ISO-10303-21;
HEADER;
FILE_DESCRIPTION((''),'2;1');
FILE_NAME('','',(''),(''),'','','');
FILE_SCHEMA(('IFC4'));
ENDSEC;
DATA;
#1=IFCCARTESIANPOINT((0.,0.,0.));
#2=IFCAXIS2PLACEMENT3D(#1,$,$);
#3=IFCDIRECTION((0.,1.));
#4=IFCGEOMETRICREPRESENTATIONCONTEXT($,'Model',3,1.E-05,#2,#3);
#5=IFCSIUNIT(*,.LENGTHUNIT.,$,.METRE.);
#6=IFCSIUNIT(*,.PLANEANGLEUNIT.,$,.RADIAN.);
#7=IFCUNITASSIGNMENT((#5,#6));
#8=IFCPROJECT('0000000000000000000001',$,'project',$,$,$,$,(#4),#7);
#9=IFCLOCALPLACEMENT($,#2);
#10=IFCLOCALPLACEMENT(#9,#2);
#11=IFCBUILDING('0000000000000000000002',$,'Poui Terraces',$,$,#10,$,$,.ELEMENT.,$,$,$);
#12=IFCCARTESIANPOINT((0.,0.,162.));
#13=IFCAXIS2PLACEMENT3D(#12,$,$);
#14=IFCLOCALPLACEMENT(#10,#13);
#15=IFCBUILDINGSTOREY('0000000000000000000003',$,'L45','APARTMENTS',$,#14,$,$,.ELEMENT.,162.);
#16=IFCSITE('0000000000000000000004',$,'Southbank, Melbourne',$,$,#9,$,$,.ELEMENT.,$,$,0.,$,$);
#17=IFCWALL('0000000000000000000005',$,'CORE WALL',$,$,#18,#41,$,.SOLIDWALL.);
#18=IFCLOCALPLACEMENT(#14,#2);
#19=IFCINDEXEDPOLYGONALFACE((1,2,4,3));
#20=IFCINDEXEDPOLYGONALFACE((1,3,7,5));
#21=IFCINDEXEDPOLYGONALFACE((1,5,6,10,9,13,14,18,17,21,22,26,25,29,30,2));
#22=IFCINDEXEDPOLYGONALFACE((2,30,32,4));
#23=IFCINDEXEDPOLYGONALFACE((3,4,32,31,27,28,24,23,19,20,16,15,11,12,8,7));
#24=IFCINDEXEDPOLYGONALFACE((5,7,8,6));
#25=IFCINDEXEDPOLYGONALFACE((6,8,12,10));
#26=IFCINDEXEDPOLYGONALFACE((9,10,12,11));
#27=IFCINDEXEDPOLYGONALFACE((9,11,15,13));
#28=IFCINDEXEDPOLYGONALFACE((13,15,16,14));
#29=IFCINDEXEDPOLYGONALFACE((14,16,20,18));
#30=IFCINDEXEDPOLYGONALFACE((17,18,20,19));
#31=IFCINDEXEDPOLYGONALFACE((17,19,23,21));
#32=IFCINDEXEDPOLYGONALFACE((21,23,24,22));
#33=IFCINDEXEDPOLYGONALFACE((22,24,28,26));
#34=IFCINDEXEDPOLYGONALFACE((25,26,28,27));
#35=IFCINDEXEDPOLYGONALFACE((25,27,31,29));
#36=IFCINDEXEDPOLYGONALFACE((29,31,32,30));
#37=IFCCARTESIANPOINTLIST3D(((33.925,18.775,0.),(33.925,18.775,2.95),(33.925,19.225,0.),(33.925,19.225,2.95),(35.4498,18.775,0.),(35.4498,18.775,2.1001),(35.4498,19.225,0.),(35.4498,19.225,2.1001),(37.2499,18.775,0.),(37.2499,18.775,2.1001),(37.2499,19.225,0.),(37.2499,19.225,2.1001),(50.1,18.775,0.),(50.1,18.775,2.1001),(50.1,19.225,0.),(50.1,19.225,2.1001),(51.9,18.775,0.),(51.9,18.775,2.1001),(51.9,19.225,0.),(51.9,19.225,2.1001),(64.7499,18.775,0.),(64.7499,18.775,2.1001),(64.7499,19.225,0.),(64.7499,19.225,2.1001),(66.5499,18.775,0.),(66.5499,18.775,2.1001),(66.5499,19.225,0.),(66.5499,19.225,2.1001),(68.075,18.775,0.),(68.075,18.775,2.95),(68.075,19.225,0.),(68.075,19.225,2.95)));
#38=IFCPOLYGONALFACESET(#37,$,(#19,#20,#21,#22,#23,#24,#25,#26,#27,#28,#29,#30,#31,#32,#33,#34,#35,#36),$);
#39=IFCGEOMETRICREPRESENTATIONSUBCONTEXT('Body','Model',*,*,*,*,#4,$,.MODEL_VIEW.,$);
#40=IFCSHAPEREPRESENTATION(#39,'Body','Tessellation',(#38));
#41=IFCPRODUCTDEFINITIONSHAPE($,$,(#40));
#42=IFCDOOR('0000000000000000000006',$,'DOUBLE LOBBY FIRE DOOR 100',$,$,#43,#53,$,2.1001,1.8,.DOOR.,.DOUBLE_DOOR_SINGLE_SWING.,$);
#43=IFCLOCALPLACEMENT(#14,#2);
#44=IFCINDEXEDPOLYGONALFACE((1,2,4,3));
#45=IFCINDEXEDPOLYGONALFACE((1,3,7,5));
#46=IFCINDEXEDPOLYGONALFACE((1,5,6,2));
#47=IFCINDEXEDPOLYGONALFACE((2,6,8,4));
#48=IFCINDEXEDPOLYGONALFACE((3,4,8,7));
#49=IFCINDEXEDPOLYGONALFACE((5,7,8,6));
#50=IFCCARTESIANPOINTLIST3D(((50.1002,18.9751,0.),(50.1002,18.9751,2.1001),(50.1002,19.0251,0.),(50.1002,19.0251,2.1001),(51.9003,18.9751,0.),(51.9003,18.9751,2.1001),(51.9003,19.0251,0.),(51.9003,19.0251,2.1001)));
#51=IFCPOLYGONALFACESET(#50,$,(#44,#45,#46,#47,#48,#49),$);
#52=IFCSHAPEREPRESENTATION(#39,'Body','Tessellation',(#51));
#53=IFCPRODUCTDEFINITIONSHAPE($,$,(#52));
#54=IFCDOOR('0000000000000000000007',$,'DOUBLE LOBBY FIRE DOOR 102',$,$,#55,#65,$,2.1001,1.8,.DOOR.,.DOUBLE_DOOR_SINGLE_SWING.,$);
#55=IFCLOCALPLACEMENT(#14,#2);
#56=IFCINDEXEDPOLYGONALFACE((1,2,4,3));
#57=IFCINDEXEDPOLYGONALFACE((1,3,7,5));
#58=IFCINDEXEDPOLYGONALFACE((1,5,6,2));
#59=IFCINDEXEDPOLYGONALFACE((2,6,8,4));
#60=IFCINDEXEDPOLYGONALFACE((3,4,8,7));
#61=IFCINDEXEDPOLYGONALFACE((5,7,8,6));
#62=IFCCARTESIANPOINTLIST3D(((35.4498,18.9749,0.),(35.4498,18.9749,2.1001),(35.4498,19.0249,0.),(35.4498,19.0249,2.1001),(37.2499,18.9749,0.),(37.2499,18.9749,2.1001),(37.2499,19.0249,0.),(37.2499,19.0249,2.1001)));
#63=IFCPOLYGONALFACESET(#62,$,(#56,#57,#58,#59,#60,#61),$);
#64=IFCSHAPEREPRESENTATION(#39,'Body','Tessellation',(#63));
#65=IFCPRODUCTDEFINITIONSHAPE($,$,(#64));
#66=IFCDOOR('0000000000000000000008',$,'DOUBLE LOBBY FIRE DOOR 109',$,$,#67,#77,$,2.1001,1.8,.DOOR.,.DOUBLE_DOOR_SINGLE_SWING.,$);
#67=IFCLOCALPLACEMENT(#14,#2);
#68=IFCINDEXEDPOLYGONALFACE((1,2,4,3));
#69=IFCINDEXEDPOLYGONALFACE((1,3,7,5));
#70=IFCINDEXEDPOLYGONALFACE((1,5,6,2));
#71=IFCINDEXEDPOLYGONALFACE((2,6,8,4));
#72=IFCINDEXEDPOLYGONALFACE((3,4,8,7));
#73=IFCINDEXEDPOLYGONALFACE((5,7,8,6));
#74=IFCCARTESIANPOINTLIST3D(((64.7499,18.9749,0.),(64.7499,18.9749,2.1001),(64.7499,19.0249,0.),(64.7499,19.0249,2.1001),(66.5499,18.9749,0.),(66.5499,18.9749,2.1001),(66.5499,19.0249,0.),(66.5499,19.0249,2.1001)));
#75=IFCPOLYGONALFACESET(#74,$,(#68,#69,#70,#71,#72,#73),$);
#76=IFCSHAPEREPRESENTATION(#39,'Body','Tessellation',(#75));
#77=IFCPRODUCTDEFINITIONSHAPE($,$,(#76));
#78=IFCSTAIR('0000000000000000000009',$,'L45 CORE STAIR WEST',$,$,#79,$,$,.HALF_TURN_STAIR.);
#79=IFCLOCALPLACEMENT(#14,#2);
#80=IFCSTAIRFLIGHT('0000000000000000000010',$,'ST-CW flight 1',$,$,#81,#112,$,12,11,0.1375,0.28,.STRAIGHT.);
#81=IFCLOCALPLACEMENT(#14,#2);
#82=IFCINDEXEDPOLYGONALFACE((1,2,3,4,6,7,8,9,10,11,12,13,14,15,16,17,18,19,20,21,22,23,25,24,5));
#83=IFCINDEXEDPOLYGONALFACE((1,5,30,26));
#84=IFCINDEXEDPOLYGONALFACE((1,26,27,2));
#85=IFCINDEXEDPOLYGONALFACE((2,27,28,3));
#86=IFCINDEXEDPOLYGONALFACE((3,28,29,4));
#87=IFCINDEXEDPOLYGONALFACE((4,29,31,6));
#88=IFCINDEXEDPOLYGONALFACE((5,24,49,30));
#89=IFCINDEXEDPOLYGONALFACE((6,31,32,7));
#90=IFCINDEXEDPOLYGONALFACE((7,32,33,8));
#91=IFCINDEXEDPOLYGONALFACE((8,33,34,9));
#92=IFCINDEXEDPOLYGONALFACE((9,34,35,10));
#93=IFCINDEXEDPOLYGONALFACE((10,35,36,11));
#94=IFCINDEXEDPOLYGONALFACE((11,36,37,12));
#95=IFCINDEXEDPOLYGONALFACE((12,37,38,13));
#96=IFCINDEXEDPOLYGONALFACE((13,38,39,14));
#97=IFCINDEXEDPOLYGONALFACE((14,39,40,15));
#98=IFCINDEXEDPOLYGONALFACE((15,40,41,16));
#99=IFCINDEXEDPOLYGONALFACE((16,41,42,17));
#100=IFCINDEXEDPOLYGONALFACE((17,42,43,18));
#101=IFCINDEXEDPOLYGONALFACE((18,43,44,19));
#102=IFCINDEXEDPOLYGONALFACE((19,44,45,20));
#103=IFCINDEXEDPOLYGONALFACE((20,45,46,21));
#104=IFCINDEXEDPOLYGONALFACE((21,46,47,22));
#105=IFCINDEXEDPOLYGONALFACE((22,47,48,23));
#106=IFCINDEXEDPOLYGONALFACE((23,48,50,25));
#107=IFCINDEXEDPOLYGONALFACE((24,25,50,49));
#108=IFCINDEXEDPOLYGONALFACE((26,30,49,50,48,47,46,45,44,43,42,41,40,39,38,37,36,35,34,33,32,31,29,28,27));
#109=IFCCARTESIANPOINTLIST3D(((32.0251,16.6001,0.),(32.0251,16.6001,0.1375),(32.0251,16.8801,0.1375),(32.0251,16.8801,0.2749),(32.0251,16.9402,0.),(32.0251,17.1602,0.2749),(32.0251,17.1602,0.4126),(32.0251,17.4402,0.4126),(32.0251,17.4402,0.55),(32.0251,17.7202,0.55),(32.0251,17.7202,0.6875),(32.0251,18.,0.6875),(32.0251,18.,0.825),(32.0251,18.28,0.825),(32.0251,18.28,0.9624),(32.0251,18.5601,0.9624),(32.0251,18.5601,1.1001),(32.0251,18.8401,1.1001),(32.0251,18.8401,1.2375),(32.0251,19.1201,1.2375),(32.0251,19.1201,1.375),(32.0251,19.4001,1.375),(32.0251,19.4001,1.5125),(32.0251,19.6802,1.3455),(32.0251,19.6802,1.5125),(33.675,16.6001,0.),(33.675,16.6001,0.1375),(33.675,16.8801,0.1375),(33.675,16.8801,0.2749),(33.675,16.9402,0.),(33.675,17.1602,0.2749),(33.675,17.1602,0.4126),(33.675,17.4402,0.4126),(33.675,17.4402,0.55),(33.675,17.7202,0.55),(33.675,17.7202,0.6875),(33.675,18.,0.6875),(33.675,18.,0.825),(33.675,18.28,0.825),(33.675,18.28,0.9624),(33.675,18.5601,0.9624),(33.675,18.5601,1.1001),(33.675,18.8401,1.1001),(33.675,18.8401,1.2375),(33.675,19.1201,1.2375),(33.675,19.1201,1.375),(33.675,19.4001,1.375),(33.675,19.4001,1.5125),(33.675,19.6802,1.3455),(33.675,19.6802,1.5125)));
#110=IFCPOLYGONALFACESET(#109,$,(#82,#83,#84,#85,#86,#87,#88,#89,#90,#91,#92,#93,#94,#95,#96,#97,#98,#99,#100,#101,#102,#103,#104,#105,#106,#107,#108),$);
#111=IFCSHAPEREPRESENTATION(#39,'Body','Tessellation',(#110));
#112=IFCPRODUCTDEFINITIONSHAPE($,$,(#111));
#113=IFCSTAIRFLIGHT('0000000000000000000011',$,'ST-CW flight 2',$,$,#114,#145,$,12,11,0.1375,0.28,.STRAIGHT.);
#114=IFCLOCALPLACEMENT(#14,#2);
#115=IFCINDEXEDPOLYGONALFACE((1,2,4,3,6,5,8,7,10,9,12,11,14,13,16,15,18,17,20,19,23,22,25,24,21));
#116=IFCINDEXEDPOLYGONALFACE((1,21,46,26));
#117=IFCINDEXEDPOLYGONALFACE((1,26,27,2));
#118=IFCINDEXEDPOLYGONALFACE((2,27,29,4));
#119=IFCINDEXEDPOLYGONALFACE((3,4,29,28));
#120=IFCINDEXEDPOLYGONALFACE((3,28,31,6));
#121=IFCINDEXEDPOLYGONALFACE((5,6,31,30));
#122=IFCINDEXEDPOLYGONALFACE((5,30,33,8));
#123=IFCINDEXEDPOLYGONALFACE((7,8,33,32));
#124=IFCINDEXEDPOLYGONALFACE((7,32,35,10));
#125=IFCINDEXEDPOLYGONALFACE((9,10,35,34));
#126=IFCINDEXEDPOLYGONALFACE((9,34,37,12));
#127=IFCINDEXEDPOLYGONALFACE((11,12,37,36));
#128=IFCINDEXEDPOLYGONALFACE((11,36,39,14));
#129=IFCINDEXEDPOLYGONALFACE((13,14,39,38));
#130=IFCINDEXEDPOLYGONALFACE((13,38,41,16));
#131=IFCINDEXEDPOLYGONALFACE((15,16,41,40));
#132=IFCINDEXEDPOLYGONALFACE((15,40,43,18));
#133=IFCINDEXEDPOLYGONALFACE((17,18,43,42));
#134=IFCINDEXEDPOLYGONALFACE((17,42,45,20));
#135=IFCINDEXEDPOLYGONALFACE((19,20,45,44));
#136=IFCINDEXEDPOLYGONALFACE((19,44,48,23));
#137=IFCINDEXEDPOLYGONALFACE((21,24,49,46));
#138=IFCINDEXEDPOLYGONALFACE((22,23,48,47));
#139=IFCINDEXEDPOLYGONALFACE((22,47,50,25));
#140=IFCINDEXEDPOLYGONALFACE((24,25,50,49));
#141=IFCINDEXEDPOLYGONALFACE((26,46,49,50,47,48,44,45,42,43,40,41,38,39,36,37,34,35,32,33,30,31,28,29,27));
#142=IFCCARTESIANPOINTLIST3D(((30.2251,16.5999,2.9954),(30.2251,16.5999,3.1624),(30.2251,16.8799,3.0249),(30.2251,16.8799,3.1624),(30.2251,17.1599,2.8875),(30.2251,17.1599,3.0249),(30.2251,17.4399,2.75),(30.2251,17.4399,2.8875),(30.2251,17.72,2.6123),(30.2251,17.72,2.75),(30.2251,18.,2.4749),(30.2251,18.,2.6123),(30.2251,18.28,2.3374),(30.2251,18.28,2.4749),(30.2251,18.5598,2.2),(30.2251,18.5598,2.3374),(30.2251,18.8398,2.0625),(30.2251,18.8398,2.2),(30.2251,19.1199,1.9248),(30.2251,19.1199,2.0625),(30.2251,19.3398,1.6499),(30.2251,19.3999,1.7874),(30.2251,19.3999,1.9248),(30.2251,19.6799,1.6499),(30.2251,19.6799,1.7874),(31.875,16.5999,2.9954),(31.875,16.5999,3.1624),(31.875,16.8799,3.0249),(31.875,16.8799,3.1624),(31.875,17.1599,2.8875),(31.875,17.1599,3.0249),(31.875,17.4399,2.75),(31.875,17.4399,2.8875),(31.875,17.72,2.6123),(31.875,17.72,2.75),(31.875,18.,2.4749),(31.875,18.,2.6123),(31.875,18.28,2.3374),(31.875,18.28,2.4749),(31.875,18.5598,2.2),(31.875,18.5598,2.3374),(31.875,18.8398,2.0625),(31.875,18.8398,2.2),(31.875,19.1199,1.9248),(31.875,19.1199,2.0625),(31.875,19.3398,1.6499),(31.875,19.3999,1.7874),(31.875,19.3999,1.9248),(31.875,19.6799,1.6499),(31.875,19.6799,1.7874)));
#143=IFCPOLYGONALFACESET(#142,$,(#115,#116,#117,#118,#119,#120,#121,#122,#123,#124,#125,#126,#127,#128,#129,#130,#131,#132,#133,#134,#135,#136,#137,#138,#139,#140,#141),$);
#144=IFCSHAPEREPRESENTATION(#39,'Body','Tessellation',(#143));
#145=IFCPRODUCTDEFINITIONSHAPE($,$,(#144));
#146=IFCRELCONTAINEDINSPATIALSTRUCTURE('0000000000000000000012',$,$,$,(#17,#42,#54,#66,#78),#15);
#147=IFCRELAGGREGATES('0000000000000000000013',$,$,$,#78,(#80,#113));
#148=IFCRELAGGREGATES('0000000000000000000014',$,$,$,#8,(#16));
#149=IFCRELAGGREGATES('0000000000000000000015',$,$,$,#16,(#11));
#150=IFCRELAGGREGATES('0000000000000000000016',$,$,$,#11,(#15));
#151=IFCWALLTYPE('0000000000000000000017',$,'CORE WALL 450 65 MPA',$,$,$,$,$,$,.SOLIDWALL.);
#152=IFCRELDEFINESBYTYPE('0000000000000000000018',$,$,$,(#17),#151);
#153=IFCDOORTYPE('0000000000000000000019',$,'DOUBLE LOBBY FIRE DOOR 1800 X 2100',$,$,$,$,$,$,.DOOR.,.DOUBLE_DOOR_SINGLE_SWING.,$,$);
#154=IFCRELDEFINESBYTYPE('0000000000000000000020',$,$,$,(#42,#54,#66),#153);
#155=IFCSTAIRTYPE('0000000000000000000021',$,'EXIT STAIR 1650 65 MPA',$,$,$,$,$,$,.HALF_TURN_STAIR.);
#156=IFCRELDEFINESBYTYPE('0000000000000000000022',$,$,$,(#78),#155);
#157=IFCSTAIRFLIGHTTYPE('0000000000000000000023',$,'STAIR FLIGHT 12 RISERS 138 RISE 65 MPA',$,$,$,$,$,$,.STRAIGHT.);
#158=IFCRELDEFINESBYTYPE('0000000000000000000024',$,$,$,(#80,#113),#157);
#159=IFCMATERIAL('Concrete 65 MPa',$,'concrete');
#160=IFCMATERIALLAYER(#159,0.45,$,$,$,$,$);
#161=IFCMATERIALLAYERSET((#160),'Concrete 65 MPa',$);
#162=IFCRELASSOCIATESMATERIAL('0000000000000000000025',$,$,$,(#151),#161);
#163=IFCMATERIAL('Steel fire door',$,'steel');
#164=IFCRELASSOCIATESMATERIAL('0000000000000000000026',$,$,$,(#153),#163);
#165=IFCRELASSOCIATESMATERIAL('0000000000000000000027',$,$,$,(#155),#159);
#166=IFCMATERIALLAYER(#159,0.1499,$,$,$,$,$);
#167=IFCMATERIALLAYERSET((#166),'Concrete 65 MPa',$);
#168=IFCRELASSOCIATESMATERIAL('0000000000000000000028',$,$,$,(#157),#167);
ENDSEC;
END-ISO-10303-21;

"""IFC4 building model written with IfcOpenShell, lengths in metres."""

from ifc_helpers import new_model, si_unit, direction, frame, frame_2d, origin, place, context, subcontext, project, spatial, polyline, rectangle, outline, extrude, material, layer, layer_set, type_object, element, fill, aggregate, save


model = new_model("IFC4")

# Units and contexts
model_context = context("Model", 3, precision=1e-05, world=origin(), true_north=direction((0.0, 1.0)))
body_context = subcontext(model_context, "Body", "Model", "MODEL_VIEW")
ifc_project = project(units=[si_unit("LENGTHUNIT", "METRE"), si_unit("PLANEANGLEUNIT", "RADIAN")], contexts=[model_context])

# Site, building, storey
site_placement = place(None, origin())
site = spatial("IfcSite", under=ifc_project, at=site_placement, Name="Southbank, Melbourne", CompositionType="ELEMENT", RefElevation=0.0)
building_placement = place(site_placement, origin())
building = spatial("IfcBuilding", under=site, at=building_placement, Name="Poui Terraces", CompositionType="ELEMENT")
storey_placement = place(building_placement, frame((0.0, 0.0, 162.0)))
storey = spatial("IfcBuildingStorey", under=building, at=storey_placement, Name="L45", Description="APARTMENTS", CompositionType="ELEMENT", Elevation=162.0)

# Wall, openings, doors
ifc_material_1 = material(Name="Concrete 65 MPa", Category="concrete")
ifc_layer_1 = layer(ifc_material_1, 0.45)
ifc_layer_set_1 = layer_set([ifc_layer_1], Name="Concrete 65 MPa")
wall_type = type_object("IfcWallType", Name="CORE WALL 450 65 MPA", PredefinedType="SOLIDWALL", material=ifc_layer_set_1)
wall_placement = place(storey_placement, frame((33.925, 19.0, 0.0), z_axis=(0.0, 0.0, 1.0), x_axis=(1.0, 0.0, 0.0)))
wall = element("IfcWall", 1, at=wall_placement, inside=storey, type_object=wall_type, Name="CORE WALL", PredefinedType="SOLIDWALL", context=body_context, shape_type="SweptSolid", body=[
    extrude(rectangle(XDim=34.1499, YDim=0.45, at=frame_2d((17.075, 0.0))), origin(), (0.0, 0.0, 1.0), 2.95),
])
opening_1_placement = place(wall_placement, frame((16.175, 0.0, 0.0)))
opening_1 = element("IfcOpeningElement", 2, at=opening_1_placement, cuts=wall, PredefinedType="OPENING", context=body_context, shape_type="SweptSolid", body=[
    extrude(rectangle(XDim=1.8, YDim=2.1001, at=frame_2d((0.8999, 1.05))), frame((0.0, 0.2349, 0.0), z_axis=(0.0, -1.0, 0.0), x_axis=(1.0, 0.0, 0.0)), (0.0, 0.0, 1.0), 0.47),
])
opening_2_placement = place(wall_placement, frame((1.5249, 0.0, 0.0)))
opening_2 = element("IfcOpeningElement", 3, at=opening_2_placement, cuts=wall, PredefinedType="OPENING", context=body_context, shape_type="SweptSolid", body=[
    extrude(rectangle(XDim=1.8, YDim=2.1001, at=frame_2d((0.8999, 1.05))), frame((0.0, 0.2349, 0.0), z_axis=(0.0, -1.0, 0.0), x_axis=(1.0, 0.0, 0.0)), (0.0, 0.0, 1.0), 0.47),
])
opening_3_placement = place(wall_placement, frame((30.825, 0.0, 0.0)))
opening_3 = element("IfcOpeningElement", 4, at=opening_3_placement, cuts=wall, PredefinedType="OPENING", context=body_context, shape_type="SweptSolid", body=[
    extrude(rectangle(XDim=1.8, YDim=2.1001, at=frame_2d((0.8999, 1.05))), frame((0.0, 0.2349, 0.0), z_axis=(0.0, -1.0, 0.0), x_axis=(1.0, 0.0, 0.0)), (0.0, 0.0, 1.0), 0.47),
])
ifc_material_2 = material(Name="Steel fire door", Category="steel")
door_type = type_object("IfcDoorType", Name="DOUBLE LOBBY FIRE DOOR 1800 X 2100", OperationType="DOUBLE_DOOR_SINGLE_SWING", PredefinedType="DOOR", material=ifc_material_2)
door_1_placement = place(opening_1_placement, frame((1.8, 0.0, 0.0), z_axis=(0.0, 0.0, 1.0), x_axis=(-1.0, 0.0, 0.0)))
door_1 = element("IfcDoor", 5, at=door_1_placement, inside=storey, type_object=door_type, Name="DOUBLE LOBBY FIRE DOOR 100", OperationType="DOUBLE_DOOR_SINGLE_SWING", OverallHeight=2.1001, OverallWidth=1.8, PredefinedType="DOOR", context=body_context, shape_type="SweptSolid", body=[
    extrude(rectangle(XDim=1.8, YDim=2.1001, at=frame_2d((0.8999, 1.05))), frame((0.0, 0.0249, 0.0), z_axis=(0.0, -1.0, 0.0), x_axis=(1.0, 0.0, 0.0)), (0.0, 0.0, 1.0), 0.05),
])
fill(opening_1, door_1)
door_2_placement = place(opening_2_placement, origin())
door_2 = element("IfcDoor", 6, at=door_2_placement, inside=storey, type_object=door_type, Name="DOUBLE LOBBY FIRE DOOR 102", OperationType="DOUBLE_DOOR_SINGLE_SWING", OverallHeight=2.1001, OverallWidth=1.8, PredefinedType="DOOR", context=body_context, shape_type="SweptSolid", body=[
    extrude(rectangle(XDim=1.8, YDim=2.1001, at=frame_2d((0.8999, 1.05))), frame((0.0, 0.0249, 0.0), z_axis=(0.0, -1.0, 0.0), x_axis=(1.0, 0.0, 0.0)), (0.0, 0.0, 1.0), 0.05),
])
fill(opening_2, door_2)
door_3_placement = place(opening_3_placement, origin())
door_3 = element("IfcDoor", 7, at=door_3_placement, inside=storey, type_object=door_type, Name="DOUBLE LOBBY FIRE DOOR 109", OperationType="DOUBLE_DOOR_SINGLE_SWING", OverallHeight=2.1001, OverallWidth=1.8, PredefinedType="DOOR", context=body_context, shape_type="SweptSolid", body=[
    extrude(rectangle(XDim=1.8, YDim=2.1001, at=frame_2d((0.8999, 1.05))), frame((0.0, 0.0249, 0.0), z_axis=(0.0, -1.0, 0.0), x_axis=(1.0, 0.0, 0.0)), (0.0, 0.0, 1.0), 0.05),
])
fill(opening_3, door_3)

# Stair, stair flights
stair_type = type_object("IfcStairType", Name="EXIT STAIR 1650 65 MPA", PredefinedType="HALF_TURN_STAIR", material=ifc_material_1)
stair_placement = place(storey_placement, origin())
stair = element("IfcStair", 8, at=stair_placement, inside=storey, type_object=stair_type, Name="L45 CORE STAIR WEST", PredefinedType="HALF_TURN_STAIR")
ifc_layer_2 = layer(ifc_material_1, 0.1499)
ifc_layer_set_2 = layer_set([ifc_layer_2], Name="Concrete 65 MPa")
stair_flight_type = type_object("IfcStairFlightType", Name="STAIR FLIGHT 12 RISERS 138 RISE 65 MPA", PredefinedType="STRAIGHT", material=ifc_layer_set_2)
stair_flight_1_placement = place(storey_placement, frame((32.8501, 16.6001, 0.0), z_axis=(0.0, 0.0, 1.0), x_axis=(0.0, 1.0, 0.0)))
stair_flight_1 = element("IfcStairFlight", 9, at=stair_flight_1_placement, type_object=stair_flight_type, Name="ST-CW flight 1", NumberOfRisers=12, NumberOfTreads=11, PredefinedType="STRAIGHT", RiserHeight=0.1375, TreadLength=0.28, context=body_context, shape_type="SweptSolid", body=[
    extrude(outline(polyline([(0.0, 0.0), (0.0, 0.1375), (0.28, 0.1375), (0.28, 0.2749), (0.5601, 0.2749), (0.5601, 0.4126), (0.8401, 0.4126), (0.8401, 0.55), (1.1201, 0.55), (1.1201, 0.6875), (1.3999, 0.6875), (1.3999, 0.825), (1.6799, 0.825), (1.6799, 0.9624), (1.96, 0.9624), (1.96, 1.1001), (2.24, 1.1001), (2.24, 1.2375), (2.52, 1.2375), (2.52, 1.375), (2.8, 1.375), (2.8, 1.5125), (3.0801, 1.5125), (3.0801, 1.6499), (3.0801, 1.3455), (0.3401, 0.0), (0.0, 0.0)])), frame((0.0, 0.825, 0.0), z_axis=(0.0, -1.0, 0.0), x_axis=(1.0, 0.0, 0.0)), (0.0, 0.0, 1.0), 1.6499),
])
stair_flight_2_placement = place(storey_placement, frame((31.05, 19.6799, 1.6499), z_axis=(0.0, 0.0, 1.0), x_axis=(0.0, -1.0, 0.0)))
stair_flight_2 = element("IfcStairFlight", 10, at=stair_flight_2_placement, type_object=stair_flight_type, Name="ST-CW flight 2", NumberOfRisers=12, NumberOfTreads=11, PredefinedType="STRAIGHT", RiserHeight=0.1375, TreadLength=0.28, context=body_context, shape_type="SweptSolid", body=[
    extrude(outline(polyline([(0.0, 0.0), (0.0, 0.1375), (0.28, 0.1375), (0.28, 0.2749), (0.5601, 0.2749), (0.5601, 0.4126), (0.8401, 0.4126), (0.8401, 0.55), (1.1201, 0.55), (1.1201, 0.6875), (1.3999, 0.6875), (1.3999, 0.825), (1.6799, 0.825), (1.6799, 0.9624), (1.96, 0.9624), (1.96, 1.1001), (2.24, 1.1001), (2.24, 1.2375), (2.52, 1.2375), (2.52, 1.375), (2.8, 1.375), (2.8, 1.5125), (3.0801, 1.5125), (3.0801, 1.6499), (3.0801, 1.3455), (0.3401, 0.0), (0.0, 0.0)])), frame((0.0, 0.825, 0.0), z_axis=(0.0, -1.0, 0.0), x_axis=(1.0, 0.0, 0.0)), (0.0, 0.0, 1.0), 1.6499),
])
aggregate(stair, [stair_flight_1, stair_flight_2])

save(model, "model.ifc")
